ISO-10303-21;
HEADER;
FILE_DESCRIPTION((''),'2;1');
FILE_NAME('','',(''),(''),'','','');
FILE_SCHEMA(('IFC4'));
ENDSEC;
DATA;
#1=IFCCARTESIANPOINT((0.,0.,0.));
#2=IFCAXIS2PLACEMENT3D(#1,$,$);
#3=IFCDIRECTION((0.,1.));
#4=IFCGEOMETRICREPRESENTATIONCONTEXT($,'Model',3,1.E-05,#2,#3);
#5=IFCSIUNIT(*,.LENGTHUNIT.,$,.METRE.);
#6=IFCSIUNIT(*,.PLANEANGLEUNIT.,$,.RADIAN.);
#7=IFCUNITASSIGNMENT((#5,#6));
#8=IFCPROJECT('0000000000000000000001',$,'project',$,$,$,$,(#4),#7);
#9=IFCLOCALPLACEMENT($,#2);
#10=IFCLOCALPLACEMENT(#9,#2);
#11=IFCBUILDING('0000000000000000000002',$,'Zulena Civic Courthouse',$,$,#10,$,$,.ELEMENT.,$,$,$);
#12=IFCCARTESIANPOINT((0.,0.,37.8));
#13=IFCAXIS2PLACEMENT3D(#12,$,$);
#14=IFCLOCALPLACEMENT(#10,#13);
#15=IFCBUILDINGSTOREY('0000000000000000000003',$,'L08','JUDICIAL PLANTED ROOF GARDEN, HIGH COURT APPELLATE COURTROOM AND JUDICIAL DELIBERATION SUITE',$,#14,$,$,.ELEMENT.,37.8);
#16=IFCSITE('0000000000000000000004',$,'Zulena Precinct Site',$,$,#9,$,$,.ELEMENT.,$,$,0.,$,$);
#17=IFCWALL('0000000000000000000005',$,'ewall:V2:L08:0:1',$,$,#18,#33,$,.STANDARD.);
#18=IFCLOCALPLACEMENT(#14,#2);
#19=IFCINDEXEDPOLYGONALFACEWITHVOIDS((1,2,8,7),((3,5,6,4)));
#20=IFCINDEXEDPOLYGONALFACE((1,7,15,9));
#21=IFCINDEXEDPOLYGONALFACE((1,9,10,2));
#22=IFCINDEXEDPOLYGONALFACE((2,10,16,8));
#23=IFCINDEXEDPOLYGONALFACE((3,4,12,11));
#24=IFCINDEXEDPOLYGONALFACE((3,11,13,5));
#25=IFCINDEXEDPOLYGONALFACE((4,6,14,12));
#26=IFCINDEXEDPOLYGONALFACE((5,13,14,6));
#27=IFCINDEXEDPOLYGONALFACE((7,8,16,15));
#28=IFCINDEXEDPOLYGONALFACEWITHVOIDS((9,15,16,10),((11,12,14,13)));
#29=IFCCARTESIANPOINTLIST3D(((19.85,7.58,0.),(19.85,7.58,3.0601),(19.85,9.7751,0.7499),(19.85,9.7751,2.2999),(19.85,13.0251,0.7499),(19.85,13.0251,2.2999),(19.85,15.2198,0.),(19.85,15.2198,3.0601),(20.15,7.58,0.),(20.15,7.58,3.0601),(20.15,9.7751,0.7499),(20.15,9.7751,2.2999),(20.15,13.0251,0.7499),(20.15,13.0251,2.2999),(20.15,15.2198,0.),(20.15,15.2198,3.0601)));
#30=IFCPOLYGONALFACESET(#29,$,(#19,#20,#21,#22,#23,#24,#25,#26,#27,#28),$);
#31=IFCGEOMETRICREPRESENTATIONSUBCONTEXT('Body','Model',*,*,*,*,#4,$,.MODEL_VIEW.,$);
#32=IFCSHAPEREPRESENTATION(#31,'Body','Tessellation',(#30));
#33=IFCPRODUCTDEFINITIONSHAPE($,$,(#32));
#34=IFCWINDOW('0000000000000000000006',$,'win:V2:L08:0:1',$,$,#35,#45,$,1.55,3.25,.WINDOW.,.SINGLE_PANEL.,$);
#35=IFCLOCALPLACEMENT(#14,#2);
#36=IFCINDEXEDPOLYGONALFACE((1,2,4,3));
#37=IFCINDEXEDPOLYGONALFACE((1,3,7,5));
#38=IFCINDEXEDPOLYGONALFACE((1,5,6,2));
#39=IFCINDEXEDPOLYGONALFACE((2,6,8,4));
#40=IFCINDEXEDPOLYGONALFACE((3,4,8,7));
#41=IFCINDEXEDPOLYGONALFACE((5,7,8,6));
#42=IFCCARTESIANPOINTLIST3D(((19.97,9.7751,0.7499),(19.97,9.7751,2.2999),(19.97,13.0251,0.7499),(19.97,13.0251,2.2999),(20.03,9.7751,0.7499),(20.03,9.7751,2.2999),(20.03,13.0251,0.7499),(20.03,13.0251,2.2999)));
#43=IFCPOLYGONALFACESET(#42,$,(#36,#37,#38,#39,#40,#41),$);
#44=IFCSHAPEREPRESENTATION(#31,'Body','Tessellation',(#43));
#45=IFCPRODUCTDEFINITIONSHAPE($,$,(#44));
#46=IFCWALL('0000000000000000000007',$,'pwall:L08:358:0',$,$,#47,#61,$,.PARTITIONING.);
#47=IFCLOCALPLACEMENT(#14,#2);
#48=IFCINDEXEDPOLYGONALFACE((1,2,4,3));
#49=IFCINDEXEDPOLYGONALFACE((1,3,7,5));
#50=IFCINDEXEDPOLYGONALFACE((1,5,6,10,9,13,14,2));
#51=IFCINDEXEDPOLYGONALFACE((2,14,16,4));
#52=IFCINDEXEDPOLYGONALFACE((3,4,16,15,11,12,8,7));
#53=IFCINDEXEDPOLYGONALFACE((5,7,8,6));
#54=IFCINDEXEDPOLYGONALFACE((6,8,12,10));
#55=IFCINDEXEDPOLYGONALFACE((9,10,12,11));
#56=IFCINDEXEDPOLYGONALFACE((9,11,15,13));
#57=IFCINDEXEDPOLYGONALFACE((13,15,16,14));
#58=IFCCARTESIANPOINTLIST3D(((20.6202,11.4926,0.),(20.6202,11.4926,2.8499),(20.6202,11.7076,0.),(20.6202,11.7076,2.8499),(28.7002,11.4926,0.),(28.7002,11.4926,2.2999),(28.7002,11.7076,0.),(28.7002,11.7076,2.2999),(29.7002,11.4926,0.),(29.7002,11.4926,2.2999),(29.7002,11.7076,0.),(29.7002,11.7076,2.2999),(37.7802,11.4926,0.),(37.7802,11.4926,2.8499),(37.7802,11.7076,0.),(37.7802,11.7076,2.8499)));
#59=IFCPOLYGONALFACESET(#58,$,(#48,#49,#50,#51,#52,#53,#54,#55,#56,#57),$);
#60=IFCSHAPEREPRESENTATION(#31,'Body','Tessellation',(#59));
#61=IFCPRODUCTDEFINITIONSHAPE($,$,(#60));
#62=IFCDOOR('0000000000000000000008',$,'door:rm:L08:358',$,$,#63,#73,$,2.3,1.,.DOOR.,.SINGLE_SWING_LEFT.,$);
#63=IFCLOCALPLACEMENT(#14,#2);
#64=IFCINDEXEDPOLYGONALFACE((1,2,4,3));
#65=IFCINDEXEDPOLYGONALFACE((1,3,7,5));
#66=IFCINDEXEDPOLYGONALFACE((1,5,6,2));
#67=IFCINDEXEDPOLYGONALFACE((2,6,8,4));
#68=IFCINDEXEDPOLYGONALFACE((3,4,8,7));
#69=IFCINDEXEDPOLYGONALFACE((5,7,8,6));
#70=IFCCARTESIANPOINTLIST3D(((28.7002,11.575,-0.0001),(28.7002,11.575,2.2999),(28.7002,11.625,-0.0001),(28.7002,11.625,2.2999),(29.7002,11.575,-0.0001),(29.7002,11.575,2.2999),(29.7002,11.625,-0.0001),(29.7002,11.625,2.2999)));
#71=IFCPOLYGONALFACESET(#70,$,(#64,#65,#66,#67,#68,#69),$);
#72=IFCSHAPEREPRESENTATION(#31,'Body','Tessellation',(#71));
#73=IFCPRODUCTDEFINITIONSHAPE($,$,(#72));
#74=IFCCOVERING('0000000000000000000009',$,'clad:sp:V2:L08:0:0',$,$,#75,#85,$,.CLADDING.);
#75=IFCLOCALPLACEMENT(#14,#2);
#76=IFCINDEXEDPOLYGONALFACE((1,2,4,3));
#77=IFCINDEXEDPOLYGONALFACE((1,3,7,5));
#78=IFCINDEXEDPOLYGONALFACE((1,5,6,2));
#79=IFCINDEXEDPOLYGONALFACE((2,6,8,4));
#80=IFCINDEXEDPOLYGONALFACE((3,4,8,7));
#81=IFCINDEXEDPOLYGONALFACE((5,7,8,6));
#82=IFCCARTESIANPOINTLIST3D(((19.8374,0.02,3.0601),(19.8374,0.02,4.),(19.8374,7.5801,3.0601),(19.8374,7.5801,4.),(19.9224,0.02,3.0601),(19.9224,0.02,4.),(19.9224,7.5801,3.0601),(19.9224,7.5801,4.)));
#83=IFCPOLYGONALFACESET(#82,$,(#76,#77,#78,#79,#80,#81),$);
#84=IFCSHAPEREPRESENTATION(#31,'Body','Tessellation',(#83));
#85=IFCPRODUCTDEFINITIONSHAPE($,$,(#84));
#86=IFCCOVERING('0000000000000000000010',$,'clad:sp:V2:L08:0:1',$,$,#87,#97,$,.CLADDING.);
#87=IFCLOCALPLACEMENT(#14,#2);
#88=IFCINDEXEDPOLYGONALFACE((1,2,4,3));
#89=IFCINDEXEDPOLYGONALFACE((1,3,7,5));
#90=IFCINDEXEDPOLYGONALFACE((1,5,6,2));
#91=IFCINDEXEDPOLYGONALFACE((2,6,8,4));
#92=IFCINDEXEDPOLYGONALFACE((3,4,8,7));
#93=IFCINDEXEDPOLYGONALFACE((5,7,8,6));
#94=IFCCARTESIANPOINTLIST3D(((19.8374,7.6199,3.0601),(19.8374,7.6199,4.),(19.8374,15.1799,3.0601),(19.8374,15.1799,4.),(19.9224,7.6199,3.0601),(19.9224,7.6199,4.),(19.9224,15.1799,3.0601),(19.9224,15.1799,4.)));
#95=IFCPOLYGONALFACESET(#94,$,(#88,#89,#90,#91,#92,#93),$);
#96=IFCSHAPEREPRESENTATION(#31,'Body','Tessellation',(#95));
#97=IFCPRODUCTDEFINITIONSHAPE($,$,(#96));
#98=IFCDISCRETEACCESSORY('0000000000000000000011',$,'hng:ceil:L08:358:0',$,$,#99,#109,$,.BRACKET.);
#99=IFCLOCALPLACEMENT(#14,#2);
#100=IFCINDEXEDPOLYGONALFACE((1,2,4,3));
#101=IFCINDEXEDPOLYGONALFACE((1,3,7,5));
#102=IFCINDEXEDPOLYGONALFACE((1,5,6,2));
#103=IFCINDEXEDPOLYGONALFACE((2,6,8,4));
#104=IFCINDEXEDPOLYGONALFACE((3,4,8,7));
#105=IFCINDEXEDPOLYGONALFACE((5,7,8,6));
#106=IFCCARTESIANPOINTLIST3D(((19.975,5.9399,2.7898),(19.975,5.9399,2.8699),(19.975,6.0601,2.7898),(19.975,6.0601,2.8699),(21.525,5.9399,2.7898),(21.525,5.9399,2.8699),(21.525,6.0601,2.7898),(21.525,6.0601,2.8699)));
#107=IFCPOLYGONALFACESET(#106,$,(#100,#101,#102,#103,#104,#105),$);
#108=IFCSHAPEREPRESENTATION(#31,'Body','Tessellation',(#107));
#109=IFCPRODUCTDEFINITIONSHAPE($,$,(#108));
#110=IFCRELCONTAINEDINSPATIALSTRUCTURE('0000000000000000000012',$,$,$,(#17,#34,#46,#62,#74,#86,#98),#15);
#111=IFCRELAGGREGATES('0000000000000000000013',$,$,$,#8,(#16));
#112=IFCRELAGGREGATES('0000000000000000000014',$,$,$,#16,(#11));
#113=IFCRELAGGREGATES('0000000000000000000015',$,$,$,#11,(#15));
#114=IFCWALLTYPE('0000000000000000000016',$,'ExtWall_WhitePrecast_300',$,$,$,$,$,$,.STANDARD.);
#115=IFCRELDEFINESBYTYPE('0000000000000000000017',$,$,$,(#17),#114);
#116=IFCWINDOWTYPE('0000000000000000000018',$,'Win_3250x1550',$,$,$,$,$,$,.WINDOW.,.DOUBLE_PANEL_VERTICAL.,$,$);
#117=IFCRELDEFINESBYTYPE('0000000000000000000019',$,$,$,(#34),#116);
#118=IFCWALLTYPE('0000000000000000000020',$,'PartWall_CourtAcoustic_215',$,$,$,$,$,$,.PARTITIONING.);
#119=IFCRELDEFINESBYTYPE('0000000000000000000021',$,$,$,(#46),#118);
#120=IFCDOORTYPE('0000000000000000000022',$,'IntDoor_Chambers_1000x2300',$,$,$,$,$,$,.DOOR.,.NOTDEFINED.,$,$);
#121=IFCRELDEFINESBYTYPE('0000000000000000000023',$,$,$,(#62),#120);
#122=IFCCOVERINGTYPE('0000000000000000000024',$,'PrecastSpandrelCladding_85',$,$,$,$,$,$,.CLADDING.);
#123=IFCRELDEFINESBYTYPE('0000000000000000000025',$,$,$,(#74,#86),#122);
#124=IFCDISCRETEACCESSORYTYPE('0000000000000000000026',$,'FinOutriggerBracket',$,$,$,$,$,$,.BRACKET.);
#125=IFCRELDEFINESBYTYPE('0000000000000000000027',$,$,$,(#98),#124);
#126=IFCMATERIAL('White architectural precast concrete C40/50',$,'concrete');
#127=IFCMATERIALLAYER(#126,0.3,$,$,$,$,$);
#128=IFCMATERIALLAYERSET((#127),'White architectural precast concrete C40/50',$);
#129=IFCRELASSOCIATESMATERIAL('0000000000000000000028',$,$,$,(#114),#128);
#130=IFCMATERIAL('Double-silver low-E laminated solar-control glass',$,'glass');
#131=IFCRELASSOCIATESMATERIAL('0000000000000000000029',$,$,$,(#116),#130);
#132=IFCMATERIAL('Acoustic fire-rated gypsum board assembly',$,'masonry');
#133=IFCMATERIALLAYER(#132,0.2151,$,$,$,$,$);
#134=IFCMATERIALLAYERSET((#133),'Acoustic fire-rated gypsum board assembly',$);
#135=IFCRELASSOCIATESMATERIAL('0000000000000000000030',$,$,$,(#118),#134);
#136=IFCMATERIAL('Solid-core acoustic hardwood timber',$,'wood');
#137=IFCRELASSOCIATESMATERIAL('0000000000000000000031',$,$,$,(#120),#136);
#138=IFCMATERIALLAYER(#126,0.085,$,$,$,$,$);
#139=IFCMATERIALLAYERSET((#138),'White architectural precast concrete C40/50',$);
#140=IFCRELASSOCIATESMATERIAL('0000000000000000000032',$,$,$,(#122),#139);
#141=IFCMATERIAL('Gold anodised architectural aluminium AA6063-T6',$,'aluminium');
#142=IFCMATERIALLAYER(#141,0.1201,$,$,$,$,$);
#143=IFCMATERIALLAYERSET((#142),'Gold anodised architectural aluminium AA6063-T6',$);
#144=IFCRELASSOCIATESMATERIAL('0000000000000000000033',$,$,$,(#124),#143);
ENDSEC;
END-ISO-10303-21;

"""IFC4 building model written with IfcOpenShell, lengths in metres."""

from ifc_helpers import new_model, si_unit, direction, frame, frame_2d, origin, origin_2d, place, context, subcontext, project, spatial, rectangle, extrude, material, layer, layer_set, type_object, element, fill, save


model = new_model("IFC4")

# Units and contexts
model_context = context("Model", 3, precision=1e-05, world=origin(), true_north=direction((0.0, 1.0)))
body_context = subcontext(model_context, "Body", "Model", "MODEL_VIEW")
ifc_project = project(units=[si_unit("LENGTHUNIT", "METRE"), si_unit("PLANEANGLEUNIT", "RADIAN")], contexts=[model_context])

# Site, building, storey
site_placement = place(None, origin())
site = spatial("IfcSite", under=ifc_project, at=site_placement, Name="Zulena Precinct Site", CompositionType="ELEMENT", RefElevation=0.0)
building_placement = place(site_placement, origin())
building = spatial("IfcBuilding", under=site, at=building_placement, Name="Zulena Civic Courthouse", CompositionType="ELEMENT")
storey_placement = place(building_placement, frame((0.0, 0.0, 37.8)))
storey = spatial("IfcBuildingStorey", under=building, at=storey_placement, Name="L08", Description="JUDICIAL PLANTED ROOF GARDEN, HIGH COURT APPELLATE COURTROOM AND JUDICIAL DELIBERATION SUITE", CompositionType="ELEMENT", Elevation=37.8)

# Wall, opening, window
ifc_material_1 = material(Name="White architectural precast concrete C40/50", Category="concrete")
ifc_layer_1 = layer(ifc_material_1, 0.3)
ifc_layer_set_1 = layer_set([ifc_layer_1], Name="White architectural precast concrete C40/50")
wall_type_1 = type_object("IfcWallType", Name="ExtWall_WhitePrecast_300", PredefinedType="STANDARD", material=ifc_layer_set_1)
wall_1_placement = place(storey_placement, frame((20.0, 7.5801, 0.0), z_axis=(0.0, 0.0, 1.0), x_axis=(0.0, 1.0, 0.0)))
wall_1 = element("IfcWall", 1, at=wall_1_placement, inside=storey, type_object=wall_type_1, Name="ewall:V2:L08:0:1", PredefinedType="STANDARD", context=body_context, shape_type="SweptSolid", body=[
    extrude(rectangle(XDim=7.6399, YDim=0.3, at=frame_2d((3.8198, 0.0))), origin(), (0.0, 0.0, 1.0), 3.0601),
])
opening_1_placement = place(wall_1_placement, frame((2.1951, 0.0, 0.75)))
opening_1 = element("IfcOpeningElement", 2, at=opening_1_placement, cuts=wall_1, PredefinedType="OPENING", context=body_context, shape_type="SweptSolid", body=[
    extrude(rectangle(XDim=3.25, YDim=1.55, at=frame_2d((1.625, 0.7749))), frame((0.0, 0.1599, 0.0), z_axis=(0.0, -1.0, 0.0), x_axis=(1.0, 0.0, 0.0)), (0.0, 0.0, 1.0), 0.3201),
])
ifc_material_2 = material(Name="Double-silver low-E laminated solar-control glass", Category="glass")
window_type = type_object("IfcWindowType", Name="Win_3250x1550", PartitioningType="DOUBLE_PANEL_VERTICAL", PredefinedType="WINDOW", material=ifc_material_2)
window_placement = place(opening_1_placement, origin())
window = element("IfcWindow", 3, at=window_placement, inside=storey, type_object=window_type, Name="win:V2:L08:0:1", OverallHeight=1.55, OverallWidth=3.25, PartitioningType="SINGLE_PANEL", PredefinedType="WINDOW", context=body_context, shape_type="SweptSolid", body=[
    extrude(rectangle(XDim=3.25, YDim=1.55, at=frame_2d((1.625, 0.7749))), frame((0.0, 0.03, 0.0), z_axis=(0.0, -1.0, 0.0), x_axis=(1.0, 0.0, 0.0)), (0.0, 0.0, 1.0), 0.0601),
])
fill(opening_1, window)

# Wall, opening, door
ifc_material_3 = material(Name="Acoustic fire-rated gypsum board assembly", Category="masonry")
ifc_layer_2 = layer(ifc_material_3, 0.2151)
ifc_layer_set_2 = layer_set([ifc_layer_2], Name="Acoustic fire-rated gypsum board assembly")
wall_type_2 = type_object("IfcWallType", Name="PartWall_CourtAcoustic_215", PredefinedType="PARTITIONING", material=ifc_layer_set_2)
wall_2_placement = place(storey_placement, frame((20.6201, 11.6001, 0.0), z_axis=(0.0, 0.0, 1.0), x_axis=(1.0, 0.0, 0.0)))
wall_2 = element("IfcWall", 4, at=wall_2_placement, inside=storey, type_object=wall_type_2, Name="pwall:L08:358:0", PredefinedType="PARTITIONING", context=body_context, shape_type="SweptSolid", body=[
    extrude(rectangle(XDim=17.1599, YDim=0.2151, at=frame_2d((8.5801, 0.0))), origin(), (0.0, 0.0, 1.0), 2.8499),
])
opening_2_placement = place(wall_2_placement, frame((8.0801, 0.0, 0.0)))
opening_2 = element("IfcOpeningElement", 5, at=opening_2_placement, cuts=wall_2, PredefinedType="OPENING", context=body_context, shape_type="SweptSolid", body=[
    extrude(rectangle(XDim=1.0, YDim=2.3, at=frame_2d((0.5, 1.1499))), frame((0.0, 0.1174, 0.0), z_axis=(0.0, -1.0, 0.0), x_axis=(1.0, 0.0, 0.0)), (0.0, 0.0, 1.0), 0.2351),
])
ifc_material_4 = material(Name="Solid-core acoustic hardwood timber", Category="wood")
door_type_1 = type_object("IfcDoorType", Name="IntDoor_Chambers_1000x2300", OperationType="NOTDEFINED", PredefinedType="DOOR", material=ifc_material_4)
door_1_placement = place(opening_2_placement, origin())
door_1 = element("IfcDoor", 6, at=door_1_placement, inside=storey, type_object=door_type_1, Name="door:rm:L08:358", OperationType="SINGLE_SWING_LEFT", OverallHeight=2.3, OverallWidth=1.0, PredefinedType="DOOR", context=body_context, shape_type="SweptSolid", body=[
    extrude(rectangle(XDim=1.0, YDim=2.3, at=frame_2d((0.5, 1.1499))), frame((0.0, 0.0249, 0.0), z_axis=(0.0, -1.0, 0.0), x_axis=(1.0, 0.0, 0.0)), (0.0, 0.0, 1.0), 0.05),
])
fill(opening_2, door_1)

# Coverings
ifc_layer_3 = layer(ifc_material_1, 0.085)
ifc_layer_set_3 = layer_set([ifc_layer_3], Name="White architectural precast concrete C40/50")
covering_type = type_object("IfcCoveringType", Name="PrecastSpandrelCladding_85", PredefinedType="CLADDING", material=ifc_layer_set_3)
for number, where, z_axis, x_axis, name in (
    (7, (19.8799, 3.8, 3.0601), (0.0, 0.0, 1.0), (0.0, 1.0, 0.0), "clad:sp:V2:L08:0:0"),
    (8, (19.8799, 11.3999, 3.0601), (0.0, 0.0, 1.0), (0.0, 1.0, 0.0), "clad:sp:V2:L08:0:1"),
):
    element("IfcCovering", number, at=place(storey_placement, frame(where, z_axis=z_axis, x_axis=x_axis)), inside=storey, type_object=covering_type, Name=name, PredefinedType="CLADDING", context=body_context, shape_type="SweptSolid", body=[
        extrude(rectangle(XDim=7.5601, YDim=0.085, at=origin_2d()), origin(), (0.0, 0.0, 1.0), 0.9399),
    ])

# Discrete accessory
ifc_material_5 = material(Name="Gold anodised architectural aluminium AA6063-T6", Category="aluminium")
ifc_layer_4 = layer(ifc_material_5, 0.1201)
ifc_layer_set_4 = layer_set([ifc_layer_4], Name="Gold anodised architectural aluminium AA6063-T6")
discrete_accessory_type = type_object("IfcDiscreteAccessoryType", Name="FinOutriggerBracket", PredefinedType="BRACKET", material=ifc_layer_set_4)
discrete_accessory_placement = place(storey_placement, frame((20.75, 6.0, 2.7898), z_axis=(0.0, 0.0, 1.0), x_axis=(1.0, 0.0, 0.0)))
element("IfcDiscreteAccessory", 9, at=discrete_accessory_placement, inside=storey, type_object=discrete_accessory_type, Name="hng:ceil:L08:358:0", PredefinedType="BRACKET", context=body_context, shape_type="SweptSolid", body=[
    extrude(rectangle(XDim=1.55, YDim=0.1201, at=origin_2d()), origin(), (0.0, 0.0, 1.0), 0.0801),
])

save(model, "model.ifc")
